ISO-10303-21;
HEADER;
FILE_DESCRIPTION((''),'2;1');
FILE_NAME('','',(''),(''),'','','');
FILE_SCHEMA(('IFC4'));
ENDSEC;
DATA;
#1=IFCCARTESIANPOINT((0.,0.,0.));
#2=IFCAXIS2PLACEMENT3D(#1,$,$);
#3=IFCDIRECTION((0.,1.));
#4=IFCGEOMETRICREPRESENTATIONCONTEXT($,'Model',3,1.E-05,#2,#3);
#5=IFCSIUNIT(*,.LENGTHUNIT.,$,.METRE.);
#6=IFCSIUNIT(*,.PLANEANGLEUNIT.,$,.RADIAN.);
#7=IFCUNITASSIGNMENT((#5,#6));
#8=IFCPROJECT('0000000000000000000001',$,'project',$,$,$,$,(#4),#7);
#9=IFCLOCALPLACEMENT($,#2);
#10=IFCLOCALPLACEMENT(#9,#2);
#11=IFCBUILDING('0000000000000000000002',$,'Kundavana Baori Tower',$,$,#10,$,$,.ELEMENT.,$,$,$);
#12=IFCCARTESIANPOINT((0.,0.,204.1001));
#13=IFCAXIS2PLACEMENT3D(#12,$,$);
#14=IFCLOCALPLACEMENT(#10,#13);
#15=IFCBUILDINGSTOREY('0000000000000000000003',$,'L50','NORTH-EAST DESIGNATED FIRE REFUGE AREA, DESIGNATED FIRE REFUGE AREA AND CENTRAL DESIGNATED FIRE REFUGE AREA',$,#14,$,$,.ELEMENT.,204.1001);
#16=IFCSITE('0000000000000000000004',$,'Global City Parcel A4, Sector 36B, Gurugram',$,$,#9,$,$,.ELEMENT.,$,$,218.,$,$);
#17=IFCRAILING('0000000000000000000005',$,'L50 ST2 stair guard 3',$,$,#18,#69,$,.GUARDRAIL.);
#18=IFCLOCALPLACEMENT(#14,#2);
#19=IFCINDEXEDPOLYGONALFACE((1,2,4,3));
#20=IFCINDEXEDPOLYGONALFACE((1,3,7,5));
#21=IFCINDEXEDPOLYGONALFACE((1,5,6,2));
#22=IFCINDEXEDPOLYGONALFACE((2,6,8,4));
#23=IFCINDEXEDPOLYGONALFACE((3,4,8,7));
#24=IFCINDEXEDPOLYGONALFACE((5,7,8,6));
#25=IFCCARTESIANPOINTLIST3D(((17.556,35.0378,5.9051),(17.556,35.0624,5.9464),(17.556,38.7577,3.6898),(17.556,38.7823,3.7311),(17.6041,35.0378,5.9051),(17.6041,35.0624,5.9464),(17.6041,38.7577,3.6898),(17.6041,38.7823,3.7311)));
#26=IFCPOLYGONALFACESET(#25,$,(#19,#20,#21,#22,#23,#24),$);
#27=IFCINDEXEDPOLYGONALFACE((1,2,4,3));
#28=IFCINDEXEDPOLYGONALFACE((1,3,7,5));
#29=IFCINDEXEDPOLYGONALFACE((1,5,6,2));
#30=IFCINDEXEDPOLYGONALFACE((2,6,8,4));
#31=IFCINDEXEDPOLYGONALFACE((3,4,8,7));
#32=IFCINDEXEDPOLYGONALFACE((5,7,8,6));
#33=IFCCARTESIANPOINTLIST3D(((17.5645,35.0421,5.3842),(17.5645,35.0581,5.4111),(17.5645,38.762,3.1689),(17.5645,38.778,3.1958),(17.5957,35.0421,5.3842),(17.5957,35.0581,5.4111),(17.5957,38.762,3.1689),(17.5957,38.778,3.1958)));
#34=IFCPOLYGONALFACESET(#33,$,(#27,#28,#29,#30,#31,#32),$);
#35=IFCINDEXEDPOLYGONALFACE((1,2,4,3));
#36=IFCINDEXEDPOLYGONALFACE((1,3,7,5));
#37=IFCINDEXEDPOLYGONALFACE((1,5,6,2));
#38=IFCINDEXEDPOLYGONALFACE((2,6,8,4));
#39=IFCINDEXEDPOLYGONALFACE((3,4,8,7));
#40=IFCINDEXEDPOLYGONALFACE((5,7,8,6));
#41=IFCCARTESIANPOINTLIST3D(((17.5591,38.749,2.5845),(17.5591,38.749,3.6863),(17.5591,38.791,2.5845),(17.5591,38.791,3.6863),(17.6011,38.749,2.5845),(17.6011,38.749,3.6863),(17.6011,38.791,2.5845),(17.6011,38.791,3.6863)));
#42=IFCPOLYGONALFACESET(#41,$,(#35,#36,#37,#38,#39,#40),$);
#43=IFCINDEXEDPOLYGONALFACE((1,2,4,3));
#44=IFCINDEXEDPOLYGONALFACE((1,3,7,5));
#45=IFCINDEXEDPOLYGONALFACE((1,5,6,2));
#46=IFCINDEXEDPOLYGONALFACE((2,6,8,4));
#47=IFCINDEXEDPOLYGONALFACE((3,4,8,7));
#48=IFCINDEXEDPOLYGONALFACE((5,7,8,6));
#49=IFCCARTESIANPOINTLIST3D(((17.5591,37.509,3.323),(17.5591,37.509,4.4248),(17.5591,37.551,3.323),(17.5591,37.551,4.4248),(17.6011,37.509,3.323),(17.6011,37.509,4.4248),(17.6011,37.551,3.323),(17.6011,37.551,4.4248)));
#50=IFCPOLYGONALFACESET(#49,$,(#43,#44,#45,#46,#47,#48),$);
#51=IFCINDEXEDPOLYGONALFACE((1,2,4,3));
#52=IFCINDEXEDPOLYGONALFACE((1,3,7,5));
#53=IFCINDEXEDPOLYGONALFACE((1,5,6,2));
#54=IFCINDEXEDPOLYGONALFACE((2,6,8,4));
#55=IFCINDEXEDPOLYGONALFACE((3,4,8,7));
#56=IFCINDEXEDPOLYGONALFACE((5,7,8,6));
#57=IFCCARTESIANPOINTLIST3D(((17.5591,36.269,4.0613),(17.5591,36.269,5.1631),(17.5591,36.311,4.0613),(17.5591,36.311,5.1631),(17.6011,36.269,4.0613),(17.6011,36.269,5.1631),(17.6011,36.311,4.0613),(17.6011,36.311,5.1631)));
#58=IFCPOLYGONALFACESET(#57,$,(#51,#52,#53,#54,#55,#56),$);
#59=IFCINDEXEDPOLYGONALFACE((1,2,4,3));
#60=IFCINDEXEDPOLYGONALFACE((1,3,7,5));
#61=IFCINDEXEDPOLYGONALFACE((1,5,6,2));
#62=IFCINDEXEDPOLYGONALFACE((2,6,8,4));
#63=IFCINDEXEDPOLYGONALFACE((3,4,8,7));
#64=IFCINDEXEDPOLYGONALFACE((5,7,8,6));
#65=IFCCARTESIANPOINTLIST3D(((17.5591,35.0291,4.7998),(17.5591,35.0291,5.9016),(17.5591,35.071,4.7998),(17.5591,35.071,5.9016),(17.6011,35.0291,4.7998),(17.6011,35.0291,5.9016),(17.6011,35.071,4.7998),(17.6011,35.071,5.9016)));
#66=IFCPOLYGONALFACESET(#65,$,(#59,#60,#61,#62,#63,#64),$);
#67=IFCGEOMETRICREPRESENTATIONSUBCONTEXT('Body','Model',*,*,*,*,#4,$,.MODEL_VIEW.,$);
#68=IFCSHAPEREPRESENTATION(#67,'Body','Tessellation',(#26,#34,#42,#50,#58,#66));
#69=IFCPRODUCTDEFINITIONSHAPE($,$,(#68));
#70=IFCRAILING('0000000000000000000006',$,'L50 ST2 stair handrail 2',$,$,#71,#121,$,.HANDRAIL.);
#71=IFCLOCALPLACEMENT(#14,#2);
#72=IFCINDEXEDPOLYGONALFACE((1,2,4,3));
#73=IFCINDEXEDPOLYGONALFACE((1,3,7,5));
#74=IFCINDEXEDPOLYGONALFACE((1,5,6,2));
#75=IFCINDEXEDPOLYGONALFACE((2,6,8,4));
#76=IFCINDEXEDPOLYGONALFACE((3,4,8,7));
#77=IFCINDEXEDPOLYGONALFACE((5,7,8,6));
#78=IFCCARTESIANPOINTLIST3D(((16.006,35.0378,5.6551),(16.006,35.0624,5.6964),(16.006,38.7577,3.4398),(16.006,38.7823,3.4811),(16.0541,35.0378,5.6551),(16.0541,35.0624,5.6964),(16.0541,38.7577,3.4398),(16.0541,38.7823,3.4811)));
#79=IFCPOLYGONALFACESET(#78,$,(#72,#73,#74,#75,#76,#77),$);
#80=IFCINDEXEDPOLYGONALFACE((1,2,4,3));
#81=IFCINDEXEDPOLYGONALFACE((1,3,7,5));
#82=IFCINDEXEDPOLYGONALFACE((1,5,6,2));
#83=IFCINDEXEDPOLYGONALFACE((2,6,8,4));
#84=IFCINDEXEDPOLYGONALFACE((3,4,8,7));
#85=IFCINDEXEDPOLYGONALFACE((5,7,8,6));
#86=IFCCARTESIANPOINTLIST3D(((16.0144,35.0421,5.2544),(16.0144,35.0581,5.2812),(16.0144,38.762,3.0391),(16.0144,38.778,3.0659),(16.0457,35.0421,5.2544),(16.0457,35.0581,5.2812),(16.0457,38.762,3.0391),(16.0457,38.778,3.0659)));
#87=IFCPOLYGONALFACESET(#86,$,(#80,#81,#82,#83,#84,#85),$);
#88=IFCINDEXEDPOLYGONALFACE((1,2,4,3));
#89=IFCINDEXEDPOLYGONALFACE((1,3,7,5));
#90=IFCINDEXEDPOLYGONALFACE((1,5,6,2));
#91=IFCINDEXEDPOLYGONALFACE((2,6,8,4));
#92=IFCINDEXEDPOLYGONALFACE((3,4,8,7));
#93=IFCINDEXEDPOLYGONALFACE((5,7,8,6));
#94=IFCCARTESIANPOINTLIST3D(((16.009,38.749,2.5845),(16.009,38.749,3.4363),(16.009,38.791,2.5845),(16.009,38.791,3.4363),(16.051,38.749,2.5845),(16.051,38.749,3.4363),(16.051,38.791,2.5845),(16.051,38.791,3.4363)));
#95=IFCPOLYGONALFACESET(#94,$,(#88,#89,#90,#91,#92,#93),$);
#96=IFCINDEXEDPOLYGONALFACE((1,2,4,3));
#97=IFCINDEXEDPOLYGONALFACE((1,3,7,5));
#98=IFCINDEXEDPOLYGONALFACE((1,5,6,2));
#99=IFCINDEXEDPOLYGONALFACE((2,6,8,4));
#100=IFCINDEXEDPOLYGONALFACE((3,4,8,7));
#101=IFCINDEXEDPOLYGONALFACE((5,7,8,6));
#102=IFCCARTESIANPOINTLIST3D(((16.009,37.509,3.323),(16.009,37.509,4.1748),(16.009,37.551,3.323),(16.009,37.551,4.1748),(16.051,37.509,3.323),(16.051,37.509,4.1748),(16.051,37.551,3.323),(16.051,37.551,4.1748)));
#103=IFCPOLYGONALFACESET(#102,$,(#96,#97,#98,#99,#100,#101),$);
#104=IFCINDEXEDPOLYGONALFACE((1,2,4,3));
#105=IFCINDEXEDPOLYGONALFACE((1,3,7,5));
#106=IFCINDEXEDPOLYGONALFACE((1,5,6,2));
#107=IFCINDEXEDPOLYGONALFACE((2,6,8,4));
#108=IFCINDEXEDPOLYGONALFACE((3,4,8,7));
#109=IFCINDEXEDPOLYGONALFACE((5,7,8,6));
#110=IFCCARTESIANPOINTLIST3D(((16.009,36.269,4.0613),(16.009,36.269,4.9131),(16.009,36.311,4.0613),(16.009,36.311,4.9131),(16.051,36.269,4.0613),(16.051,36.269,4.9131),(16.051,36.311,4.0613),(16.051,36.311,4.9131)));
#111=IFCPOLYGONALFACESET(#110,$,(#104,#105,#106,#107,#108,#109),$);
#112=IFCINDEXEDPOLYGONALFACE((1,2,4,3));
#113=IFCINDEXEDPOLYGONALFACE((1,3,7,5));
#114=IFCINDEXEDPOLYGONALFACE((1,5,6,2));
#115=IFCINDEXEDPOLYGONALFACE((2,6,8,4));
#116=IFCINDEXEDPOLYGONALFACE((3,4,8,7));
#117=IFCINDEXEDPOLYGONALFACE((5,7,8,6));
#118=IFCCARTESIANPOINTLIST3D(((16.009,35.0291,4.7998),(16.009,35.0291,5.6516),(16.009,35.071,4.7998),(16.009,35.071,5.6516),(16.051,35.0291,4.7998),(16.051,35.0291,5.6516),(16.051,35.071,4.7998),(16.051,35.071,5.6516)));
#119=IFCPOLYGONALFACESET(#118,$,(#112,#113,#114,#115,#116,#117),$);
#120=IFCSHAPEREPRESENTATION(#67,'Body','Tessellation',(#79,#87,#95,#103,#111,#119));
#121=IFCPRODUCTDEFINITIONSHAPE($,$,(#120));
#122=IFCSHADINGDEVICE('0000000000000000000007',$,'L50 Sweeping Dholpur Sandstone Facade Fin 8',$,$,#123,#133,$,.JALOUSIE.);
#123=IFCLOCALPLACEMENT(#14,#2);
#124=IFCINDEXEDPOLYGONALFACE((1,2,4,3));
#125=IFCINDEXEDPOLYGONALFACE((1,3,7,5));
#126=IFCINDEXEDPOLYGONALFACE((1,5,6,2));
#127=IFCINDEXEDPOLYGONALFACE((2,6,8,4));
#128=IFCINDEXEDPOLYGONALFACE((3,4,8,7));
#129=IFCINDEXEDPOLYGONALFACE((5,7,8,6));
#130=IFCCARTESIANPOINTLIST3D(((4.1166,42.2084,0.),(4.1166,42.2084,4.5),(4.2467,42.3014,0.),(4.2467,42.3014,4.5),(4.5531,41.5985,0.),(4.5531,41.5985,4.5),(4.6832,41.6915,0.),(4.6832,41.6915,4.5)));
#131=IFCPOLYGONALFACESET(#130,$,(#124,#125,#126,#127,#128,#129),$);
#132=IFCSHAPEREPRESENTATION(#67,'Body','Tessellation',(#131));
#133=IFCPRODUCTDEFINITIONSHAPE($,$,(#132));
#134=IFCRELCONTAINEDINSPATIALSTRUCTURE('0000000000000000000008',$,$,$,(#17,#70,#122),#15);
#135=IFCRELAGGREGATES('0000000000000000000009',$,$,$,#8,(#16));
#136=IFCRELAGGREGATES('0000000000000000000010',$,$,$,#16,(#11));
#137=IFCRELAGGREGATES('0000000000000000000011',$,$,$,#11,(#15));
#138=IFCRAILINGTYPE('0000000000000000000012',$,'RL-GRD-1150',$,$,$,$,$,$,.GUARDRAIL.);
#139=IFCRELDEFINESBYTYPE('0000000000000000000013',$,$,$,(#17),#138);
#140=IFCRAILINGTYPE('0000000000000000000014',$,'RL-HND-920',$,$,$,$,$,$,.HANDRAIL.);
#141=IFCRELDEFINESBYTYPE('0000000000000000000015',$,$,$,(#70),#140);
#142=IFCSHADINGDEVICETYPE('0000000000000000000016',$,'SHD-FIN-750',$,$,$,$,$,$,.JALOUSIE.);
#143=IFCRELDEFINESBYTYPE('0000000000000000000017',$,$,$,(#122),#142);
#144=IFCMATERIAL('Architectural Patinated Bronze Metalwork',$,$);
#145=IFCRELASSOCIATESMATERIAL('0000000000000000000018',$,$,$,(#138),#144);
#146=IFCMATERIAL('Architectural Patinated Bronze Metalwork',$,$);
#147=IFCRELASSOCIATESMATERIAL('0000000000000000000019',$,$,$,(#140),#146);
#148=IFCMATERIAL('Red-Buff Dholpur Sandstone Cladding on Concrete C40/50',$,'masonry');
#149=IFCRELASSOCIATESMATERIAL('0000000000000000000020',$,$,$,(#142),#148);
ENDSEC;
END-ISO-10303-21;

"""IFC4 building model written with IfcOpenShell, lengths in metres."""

from ifc_helpers import new_model, si_unit, direction, frame, origin, origin_2d, place, context, subcontext, project, spatial, rectangle, extrude, material, type_object, element, save


model = new_model("IFC4")

# Units and contexts
model_context = context("Model", 3, precision=1e-05, world=origin(), true_north=direction((0.0, 1.0)))
body_context = subcontext(model_context, "Body", "Model", "MODEL_VIEW")
ifc_project = project(units=[si_unit("LENGTHUNIT", "METRE"), si_unit("PLANEANGLEUNIT", "RADIAN")], contexts=[model_context])

# Site, building, storey
site_placement = place(None, origin())
site = spatial("IfcSite", under=ifc_project, at=site_placement, Name="Global City Parcel A4, Sector 36B, Gurugram", CompositionType="ELEMENT", RefElevation=218.0)
building_placement = place(site_placement, origin())
building = spatial("IfcBuilding", under=site, at=building_placement, Name="Kundavana Baori Tower", CompositionType="ELEMENT")
storey_placement = place(building_placement, frame((0.0, 0.0, 204.1001)))
storey = spatial("IfcBuildingStorey", under=building, at=storey_placement, Name="L50", Description="NORTH-EAST DESIGNATED FIRE REFUGE AREA, DESIGNATED FIRE REFUGE AREA AND CENTRAL DESIGNATED FIRE REFUGE AREA", CompositionType="ELEMENT", Elevation=204.1001)

# Railings
ifc_material_1 = material(Name="Architectural Patinated Bronze Metalwork")
railing_type_1 = type_object("IfcRailingType", Name="RL-GRD-1150", PredefinedType="GUARDRAIL", material=ifc_material_1)
railing_1_placement = place(storey_placement, frame((17.5801, 38.77, 2.5845)))
element("IfcRailing", 1, at=railing_1_placement, inside=storey, type_object=railing_type_1, Name="L50 ST2 stair guard 3", PredefinedType="GUARDRAIL", context=body_context, shape_type="SweptSolid", body=[
    extrude(rectangle(XDim=0.0481, YDim=0.0481, at=origin_2d()), frame((0.0, 0.0, 1.126), z_axis=(0.0, -0.859185, 0.511665), x_axis=(1.0, 0.0, 0.0)), (0.0, 0.0, 1.0), 4.3296),
    extrude(rectangle(XDim=0.0312, YDim=0.0312, at=origin_2d()), frame((0.0, 0.0, 0.5979), z_axis=(0.0, -0.859185, 0.511665), x_axis=(1.0, 0.0, 0.0)), (0.0, 0.0, 1.0), 4.3296),
    extrude(rectangle(XDim=0.042, YDim=0.042, at=origin_2d()), origin(), (0.0, 0.0, 1.0), 1.1018),
    extrude(rectangle(XDim=0.042, YDim=0.042, at=origin_2d()), frame((0.0, -1.24, 0.7385)), (0.0, 0.0, 1.0), 1.1018),
    extrude(rectangle(XDim=0.042, YDim=0.042, at=origin_2d()), frame((0.0, -2.48, 1.4768)), (0.0, 0.0, 1.0), 1.1018),
    extrude(rectangle(XDim=0.042, YDim=0.042, at=origin_2d()), frame((0.0, -3.72, 2.2153)), (0.0, 0.0, 1.0), 1.1018),
])
ifc_material_2 = material(Name="Architectural Patinated Bronze Metalwork")
railing_type_2 = type_object("IfcRailingType", Name="RL-HND-920", PredefinedType="HANDRAIL", material=ifc_material_2)
railing_2_placement = place(storey_placement, frame((16.03, 38.77, 2.5845)))
element("IfcRailing", 2, at=railing_2_placement, inside=storey, type_object=railing_type_2, Name="L50 ST2 stair handrail 2", PredefinedType="HANDRAIL", context=body_context, shape_type="SweptSolid", body=[
    extrude(rectangle(XDim=0.0481, YDim=0.0481, at=origin_2d()), frame((0.0, 0.0, 0.876), z_axis=(0.0, -0.859185, 0.511665), x_axis=(1.0, 0.0, 0.0)), (0.0, 0.0, 1.0), 4.3296),
    extrude(rectangle(XDim=0.0312, YDim=0.0312, at=origin_2d()), frame((0.0, 0.0, 0.468), z_axis=(0.0, -0.859185, 0.511665), x_axis=(1.0, 0.0, 0.0)), (0.0, 0.0, 1.0), 4.3296),
    extrude(rectangle(XDim=0.042, YDim=0.042, at=origin_2d()), origin(), (0.0, 0.0, 1.0), 0.8518),
    extrude(rectangle(XDim=0.042, YDim=0.042, at=origin_2d()), frame((0.0, -1.24, 0.7385)), (0.0, 0.0, 1.0), 0.8518),
    extrude(rectangle(XDim=0.042, YDim=0.042, at=origin_2d()), frame((0.0, -2.48, 1.4768)), (0.0, 0.0, 1.0), 0.8518),
    extrude(rectangle(XDim=0.042, YDim=0.042, at=origin_2d()), frame((0.0, -3.72, 2.2153)), (0.0, 0.0, 1.0), 0.8518),
])

# Shading device
ifc_material_3 = material(Name="Red-Buff Dholpur Sandstone Cladding on Concrete C40/50", Category="masonry")
shading_device_type = type_object("IfcShadingDeviceType", Name="SHD-FIN-750", PredefinedType="JALOUSIE", material=ifc_material_3)
shading_device_placement = place(storey_placement, frame((4.3999, 41.95, 0.0), z_axis=(0.0, 0.0, 1.0), x_axis=(0.813202, 0.581981, 0.0)))
element("IfcShadingDevice", 3, at=shading_device_placement, inside=storey, type_object=shading_device_type, Name="L50 Sweeping Dholpur Sandstone Facade Fin 8", PredefinedType="JALOUSIE", context=body_context, shape_type="SweptSolid", body=[
    extrude(rectangle(XDim=0.1599, YDim=0.75, at=origin_2d()), origin(), (0.0, 0.0, 1.0), 4.5),
])

save(model, "model.ifc")
